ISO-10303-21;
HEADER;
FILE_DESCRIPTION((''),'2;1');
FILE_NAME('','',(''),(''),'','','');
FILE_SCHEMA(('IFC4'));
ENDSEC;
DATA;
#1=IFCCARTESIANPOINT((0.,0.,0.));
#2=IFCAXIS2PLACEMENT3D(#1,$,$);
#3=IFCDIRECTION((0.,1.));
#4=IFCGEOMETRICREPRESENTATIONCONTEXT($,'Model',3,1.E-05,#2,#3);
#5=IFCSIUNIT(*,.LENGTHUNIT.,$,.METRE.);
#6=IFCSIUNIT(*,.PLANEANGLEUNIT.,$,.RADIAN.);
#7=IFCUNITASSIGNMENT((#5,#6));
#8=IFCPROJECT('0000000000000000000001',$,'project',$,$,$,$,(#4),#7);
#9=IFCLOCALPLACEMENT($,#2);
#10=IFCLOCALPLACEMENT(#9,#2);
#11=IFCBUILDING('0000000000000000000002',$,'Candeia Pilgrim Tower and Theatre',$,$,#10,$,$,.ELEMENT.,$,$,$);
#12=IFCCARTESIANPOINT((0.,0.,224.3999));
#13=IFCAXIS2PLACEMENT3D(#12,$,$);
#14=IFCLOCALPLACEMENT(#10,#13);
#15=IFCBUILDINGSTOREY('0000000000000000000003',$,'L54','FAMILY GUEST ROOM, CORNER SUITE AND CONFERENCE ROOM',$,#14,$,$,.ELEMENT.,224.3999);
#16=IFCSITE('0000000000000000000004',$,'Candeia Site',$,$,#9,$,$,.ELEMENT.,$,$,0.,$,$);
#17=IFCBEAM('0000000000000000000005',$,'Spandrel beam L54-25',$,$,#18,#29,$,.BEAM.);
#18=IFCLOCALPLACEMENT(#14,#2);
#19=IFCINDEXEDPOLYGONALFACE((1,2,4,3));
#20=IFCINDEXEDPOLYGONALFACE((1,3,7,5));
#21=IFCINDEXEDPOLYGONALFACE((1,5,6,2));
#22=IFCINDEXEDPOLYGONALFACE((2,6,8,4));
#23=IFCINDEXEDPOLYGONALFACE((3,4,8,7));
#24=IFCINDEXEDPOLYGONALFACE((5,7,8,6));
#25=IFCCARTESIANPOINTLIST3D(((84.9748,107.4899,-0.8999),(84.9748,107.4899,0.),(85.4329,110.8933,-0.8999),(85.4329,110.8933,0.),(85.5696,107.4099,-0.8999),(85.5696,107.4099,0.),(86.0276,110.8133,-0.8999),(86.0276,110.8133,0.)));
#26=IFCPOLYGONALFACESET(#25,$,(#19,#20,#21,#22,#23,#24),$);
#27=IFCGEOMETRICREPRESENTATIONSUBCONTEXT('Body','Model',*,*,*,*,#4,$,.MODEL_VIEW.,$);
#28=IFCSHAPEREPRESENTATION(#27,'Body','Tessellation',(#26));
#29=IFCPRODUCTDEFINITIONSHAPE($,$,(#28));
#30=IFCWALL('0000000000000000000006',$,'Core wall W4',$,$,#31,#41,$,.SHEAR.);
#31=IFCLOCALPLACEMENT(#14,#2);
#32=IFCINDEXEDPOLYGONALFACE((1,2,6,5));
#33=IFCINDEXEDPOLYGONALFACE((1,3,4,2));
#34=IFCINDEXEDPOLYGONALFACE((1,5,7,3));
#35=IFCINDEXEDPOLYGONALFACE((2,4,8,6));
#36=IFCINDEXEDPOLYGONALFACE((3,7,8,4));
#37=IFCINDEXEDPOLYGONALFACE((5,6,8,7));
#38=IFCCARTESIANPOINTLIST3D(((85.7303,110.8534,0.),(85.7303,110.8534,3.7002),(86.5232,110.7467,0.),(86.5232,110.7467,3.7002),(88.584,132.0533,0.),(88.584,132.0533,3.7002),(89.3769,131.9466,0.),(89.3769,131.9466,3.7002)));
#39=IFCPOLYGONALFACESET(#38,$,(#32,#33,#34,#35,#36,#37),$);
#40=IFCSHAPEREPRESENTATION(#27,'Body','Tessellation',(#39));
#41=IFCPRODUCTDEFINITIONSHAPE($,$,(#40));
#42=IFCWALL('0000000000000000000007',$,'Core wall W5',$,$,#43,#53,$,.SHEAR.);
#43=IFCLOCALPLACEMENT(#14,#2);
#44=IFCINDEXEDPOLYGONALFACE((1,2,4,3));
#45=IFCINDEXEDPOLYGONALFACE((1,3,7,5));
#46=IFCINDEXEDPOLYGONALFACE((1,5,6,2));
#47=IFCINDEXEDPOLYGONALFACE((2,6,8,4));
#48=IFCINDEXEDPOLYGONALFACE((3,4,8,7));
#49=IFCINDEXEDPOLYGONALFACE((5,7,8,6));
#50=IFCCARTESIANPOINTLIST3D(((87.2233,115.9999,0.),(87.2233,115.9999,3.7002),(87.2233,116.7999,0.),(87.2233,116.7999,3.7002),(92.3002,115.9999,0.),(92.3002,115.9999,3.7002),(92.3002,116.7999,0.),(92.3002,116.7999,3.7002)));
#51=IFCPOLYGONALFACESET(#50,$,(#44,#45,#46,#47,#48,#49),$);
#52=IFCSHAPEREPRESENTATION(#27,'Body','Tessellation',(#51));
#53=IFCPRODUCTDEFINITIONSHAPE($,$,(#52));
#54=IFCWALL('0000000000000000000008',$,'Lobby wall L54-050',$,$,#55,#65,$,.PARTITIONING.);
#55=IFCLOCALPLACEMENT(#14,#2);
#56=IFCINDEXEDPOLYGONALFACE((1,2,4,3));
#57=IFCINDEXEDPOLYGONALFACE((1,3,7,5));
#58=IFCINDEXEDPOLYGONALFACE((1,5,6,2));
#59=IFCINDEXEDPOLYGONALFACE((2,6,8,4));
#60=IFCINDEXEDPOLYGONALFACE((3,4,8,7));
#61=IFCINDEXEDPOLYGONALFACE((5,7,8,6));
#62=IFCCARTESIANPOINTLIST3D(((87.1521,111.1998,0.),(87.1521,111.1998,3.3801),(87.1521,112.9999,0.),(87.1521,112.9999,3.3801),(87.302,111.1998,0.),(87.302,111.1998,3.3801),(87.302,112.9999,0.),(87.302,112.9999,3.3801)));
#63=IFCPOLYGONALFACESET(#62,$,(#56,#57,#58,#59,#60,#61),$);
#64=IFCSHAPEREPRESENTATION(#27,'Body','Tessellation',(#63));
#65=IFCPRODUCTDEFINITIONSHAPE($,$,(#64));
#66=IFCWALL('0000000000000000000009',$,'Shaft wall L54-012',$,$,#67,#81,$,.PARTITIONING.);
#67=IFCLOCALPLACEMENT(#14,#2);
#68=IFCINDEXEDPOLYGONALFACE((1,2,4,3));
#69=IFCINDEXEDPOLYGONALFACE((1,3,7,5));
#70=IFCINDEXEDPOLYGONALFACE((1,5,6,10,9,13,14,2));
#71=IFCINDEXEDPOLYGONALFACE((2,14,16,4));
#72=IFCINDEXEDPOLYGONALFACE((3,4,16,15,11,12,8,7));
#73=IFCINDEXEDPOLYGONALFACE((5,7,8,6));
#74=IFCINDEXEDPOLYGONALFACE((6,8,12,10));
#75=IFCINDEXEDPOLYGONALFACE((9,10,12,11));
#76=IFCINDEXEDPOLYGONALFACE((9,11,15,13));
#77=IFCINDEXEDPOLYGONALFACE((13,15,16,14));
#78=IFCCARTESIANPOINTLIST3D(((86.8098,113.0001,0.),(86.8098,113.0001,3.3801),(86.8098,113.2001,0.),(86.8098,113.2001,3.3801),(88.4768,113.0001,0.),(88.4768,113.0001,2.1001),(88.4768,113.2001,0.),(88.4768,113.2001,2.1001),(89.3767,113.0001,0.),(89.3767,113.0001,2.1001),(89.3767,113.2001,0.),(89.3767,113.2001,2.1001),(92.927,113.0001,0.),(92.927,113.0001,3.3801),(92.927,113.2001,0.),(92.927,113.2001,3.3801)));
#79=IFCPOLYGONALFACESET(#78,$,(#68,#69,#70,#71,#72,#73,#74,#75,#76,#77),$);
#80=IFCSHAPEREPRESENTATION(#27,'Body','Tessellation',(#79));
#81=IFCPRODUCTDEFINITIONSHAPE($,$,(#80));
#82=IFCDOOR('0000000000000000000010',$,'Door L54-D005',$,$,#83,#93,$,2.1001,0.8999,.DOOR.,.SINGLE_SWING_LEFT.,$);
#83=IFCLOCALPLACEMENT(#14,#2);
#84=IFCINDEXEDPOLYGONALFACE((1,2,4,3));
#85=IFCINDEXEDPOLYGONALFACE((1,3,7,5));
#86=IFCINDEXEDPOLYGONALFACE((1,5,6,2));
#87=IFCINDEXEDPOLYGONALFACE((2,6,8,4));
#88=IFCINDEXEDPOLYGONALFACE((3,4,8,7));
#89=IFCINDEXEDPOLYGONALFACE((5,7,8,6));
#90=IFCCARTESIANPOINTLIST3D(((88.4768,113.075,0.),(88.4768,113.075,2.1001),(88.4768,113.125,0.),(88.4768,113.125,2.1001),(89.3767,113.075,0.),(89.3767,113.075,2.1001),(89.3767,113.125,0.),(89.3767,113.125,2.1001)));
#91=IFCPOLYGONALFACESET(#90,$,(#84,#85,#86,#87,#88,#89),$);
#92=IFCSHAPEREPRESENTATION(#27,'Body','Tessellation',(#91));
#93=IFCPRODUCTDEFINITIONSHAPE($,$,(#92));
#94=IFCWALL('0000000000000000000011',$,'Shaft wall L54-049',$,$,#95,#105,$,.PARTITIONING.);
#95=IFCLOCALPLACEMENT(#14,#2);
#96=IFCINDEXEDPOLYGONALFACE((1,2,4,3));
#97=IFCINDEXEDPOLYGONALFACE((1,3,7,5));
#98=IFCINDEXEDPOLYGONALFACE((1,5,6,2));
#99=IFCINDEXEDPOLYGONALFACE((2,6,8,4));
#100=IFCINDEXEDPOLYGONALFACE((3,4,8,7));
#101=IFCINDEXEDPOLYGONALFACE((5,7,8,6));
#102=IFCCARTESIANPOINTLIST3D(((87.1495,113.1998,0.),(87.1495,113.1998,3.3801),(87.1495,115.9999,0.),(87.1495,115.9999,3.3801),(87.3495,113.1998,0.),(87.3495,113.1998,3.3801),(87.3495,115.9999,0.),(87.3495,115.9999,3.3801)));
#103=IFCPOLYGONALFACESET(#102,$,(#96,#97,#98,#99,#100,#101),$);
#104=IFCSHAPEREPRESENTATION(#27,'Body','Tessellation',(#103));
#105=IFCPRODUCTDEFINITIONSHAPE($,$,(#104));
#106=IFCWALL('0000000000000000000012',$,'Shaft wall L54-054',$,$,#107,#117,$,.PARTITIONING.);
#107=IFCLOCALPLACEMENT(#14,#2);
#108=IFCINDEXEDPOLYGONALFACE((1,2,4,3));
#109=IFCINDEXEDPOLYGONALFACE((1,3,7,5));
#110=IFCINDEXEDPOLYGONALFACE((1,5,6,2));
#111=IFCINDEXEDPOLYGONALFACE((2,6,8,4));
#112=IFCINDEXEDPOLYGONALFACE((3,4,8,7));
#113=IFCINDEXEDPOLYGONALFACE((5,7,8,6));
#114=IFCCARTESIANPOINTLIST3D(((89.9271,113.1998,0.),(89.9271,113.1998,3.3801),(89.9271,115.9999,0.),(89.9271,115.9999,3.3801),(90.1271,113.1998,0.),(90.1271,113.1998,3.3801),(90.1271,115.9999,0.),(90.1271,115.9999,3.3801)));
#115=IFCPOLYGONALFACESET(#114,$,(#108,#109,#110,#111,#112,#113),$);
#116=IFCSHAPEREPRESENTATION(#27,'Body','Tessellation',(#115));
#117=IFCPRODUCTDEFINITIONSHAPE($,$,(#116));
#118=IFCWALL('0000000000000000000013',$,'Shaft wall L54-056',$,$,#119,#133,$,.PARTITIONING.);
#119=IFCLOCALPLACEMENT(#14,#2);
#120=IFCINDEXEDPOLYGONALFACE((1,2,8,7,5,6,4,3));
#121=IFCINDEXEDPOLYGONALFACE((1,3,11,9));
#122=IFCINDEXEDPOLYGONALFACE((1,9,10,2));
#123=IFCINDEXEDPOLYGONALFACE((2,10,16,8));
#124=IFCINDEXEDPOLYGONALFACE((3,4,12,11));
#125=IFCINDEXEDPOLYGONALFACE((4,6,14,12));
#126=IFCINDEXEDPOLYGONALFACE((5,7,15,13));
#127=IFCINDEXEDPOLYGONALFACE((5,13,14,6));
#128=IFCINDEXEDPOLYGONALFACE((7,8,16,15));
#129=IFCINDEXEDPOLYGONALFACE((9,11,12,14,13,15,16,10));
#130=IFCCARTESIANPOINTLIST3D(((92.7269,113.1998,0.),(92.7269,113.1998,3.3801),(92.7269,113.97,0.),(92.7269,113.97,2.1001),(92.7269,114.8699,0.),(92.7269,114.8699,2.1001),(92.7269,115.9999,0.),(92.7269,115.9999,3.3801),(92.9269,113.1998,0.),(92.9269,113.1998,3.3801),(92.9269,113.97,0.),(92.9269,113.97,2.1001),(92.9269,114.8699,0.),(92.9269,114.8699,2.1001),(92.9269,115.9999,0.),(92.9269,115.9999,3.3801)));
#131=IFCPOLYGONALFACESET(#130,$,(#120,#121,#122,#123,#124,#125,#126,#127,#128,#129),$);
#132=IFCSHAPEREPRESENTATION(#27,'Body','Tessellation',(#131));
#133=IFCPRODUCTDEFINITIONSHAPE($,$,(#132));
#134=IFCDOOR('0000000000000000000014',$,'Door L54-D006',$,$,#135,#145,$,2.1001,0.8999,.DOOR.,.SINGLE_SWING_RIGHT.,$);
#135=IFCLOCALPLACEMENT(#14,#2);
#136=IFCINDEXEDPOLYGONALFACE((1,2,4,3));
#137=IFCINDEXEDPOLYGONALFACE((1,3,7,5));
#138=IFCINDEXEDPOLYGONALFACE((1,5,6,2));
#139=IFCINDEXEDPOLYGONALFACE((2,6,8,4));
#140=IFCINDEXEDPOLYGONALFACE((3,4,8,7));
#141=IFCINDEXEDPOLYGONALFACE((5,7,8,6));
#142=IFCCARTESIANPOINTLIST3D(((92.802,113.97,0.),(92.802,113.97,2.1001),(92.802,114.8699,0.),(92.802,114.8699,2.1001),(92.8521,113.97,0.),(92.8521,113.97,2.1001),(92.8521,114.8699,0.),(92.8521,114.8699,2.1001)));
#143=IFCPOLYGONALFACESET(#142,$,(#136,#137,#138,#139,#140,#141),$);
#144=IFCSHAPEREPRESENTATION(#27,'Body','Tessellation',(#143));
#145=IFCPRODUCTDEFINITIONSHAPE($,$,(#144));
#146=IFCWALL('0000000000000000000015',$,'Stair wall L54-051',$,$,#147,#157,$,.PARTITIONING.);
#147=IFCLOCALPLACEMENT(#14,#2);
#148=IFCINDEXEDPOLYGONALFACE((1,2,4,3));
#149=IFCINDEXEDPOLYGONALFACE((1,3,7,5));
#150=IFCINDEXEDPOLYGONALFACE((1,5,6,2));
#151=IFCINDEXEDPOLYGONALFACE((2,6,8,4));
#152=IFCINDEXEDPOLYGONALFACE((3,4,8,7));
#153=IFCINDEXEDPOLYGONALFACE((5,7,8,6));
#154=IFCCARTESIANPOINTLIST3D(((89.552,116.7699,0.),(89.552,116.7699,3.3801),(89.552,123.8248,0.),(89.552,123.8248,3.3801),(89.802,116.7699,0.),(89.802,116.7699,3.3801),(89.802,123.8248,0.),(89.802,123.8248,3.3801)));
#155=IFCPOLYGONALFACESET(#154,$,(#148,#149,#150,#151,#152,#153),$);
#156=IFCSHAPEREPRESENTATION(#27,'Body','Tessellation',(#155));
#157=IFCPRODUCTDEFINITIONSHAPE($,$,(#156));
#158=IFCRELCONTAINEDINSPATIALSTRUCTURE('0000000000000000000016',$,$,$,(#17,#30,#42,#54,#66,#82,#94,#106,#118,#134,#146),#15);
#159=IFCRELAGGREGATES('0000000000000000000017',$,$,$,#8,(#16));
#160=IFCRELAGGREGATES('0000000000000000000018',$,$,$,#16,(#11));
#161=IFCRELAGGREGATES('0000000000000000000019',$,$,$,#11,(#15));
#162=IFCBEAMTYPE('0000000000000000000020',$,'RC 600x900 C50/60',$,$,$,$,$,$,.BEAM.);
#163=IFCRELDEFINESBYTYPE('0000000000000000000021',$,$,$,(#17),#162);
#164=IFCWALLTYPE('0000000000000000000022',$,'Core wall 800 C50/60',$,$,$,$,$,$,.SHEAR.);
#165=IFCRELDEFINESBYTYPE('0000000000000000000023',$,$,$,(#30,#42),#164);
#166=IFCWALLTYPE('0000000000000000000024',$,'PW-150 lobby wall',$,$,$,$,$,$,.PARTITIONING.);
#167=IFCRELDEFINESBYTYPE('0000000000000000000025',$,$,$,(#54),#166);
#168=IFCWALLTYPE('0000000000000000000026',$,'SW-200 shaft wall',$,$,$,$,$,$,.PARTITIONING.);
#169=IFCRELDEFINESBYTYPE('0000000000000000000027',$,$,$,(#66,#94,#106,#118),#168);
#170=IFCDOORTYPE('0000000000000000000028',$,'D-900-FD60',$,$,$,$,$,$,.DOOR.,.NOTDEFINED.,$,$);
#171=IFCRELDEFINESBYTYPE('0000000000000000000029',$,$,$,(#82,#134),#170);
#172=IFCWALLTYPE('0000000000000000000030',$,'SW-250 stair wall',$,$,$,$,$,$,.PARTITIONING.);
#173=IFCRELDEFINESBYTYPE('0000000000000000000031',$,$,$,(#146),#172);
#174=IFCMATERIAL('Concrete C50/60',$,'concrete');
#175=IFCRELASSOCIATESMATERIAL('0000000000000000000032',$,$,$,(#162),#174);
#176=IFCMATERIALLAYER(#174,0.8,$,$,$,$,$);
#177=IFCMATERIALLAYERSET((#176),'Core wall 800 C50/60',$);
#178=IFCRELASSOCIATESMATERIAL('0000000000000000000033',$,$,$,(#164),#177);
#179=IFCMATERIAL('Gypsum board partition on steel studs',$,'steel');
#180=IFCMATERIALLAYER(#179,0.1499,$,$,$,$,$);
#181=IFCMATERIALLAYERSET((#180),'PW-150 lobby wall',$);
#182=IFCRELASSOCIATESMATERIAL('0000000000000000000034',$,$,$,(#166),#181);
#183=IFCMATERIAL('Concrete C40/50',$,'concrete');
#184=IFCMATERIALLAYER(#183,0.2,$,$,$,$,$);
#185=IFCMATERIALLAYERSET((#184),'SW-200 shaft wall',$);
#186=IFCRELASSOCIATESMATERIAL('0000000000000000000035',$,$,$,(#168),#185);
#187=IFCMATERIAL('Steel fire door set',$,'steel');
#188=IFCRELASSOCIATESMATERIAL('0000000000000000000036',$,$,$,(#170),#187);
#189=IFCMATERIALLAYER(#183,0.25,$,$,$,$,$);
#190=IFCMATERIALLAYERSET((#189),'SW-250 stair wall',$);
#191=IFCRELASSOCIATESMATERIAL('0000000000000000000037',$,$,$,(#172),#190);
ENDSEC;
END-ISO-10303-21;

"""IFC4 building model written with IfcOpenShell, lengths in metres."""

from ifc_helpers import new_model, si_unit, direction, frame, frame_2d, origin, origin_2d, place, context, subcontext, project, spatial, rectangle, extrude, material, layer, layer_set, material_profile, profile_set, type_object, element, fill, save


model = new_model("IFC4")

# Units and contexts
model_context = context("Model", 3, precision=1e-05, world=origin(), true_north=direction((0.0, 1.0)))
body_context = subcontext(model_context, "Body", "Model", "MODEL_VIEW")
ifc_project = project(units=[si_unit("LENGTHUNIT", "METRE"), si_unit("PLANEANGLEUNIT", "RADIAN")], contexts=[model_context])

# Site, building, storey
site_placement = place(None, origin())
site = spatial("IfcSite", under=ifc_project, at=site_placement, Name="Candeia Site", CompositionType="ELEMENT", RefElevation=0.0)
building_placement = place(site_placement, origin())
building = spatial("IfcBuilding", under=site, at=building_placement, Name="Candeia Pilgrim Tower and Theatre", CompositionType="ELEMENT")
storey_placement = place(building_placement, frame((0.0, 0.0, 224.3999)))
storey = spatial("IfcBuildingStorey", under=building, at=storey_placement, Name="L54", Description="FAMILY GUEST ROOM, CORNER SUITE AND CONFERENCE ROOM", CompositionType="ELEMENT", Elevation=224.3999)

# Beam
ifc_material_1 = material(Name="Concrete C50/60", Category="concrete")
ifc_material_profile = material_profile(ifc_material_1, rectangle(XDim=0.6001, YDim=0.8999, at=origin_2d()))
ifc_profile_set = profile_set([ifc_material_profile], Name="Concrete C50/60")
beam_type = type_object("IfcBeamType", Name="RC 600x900 C50/60", PredefinedType="BEAM", material=ifc_profile_set)
beam_placement = place(storey_placement, frame((85.7302, 110.8533, -0.45), z_axis=(-0.133374, -0.991066, 0.0), x_axis=(0.991066, -0.133374, 0.0)))
element("IfcBeam", 1, at=beam_placement, inside=storey, type_object=beam_type, Name="Spandrel beam L54-25", PredefinedType="BEAM", context=body_context, shape_type="SweptSolid", body=[
    extrude(rectangle(XDim=0.6001, YDim=0.8999, at=origin_2d()), origin(), (0.0, 0.0, 1.0), 3.4341),
])

# Walls
ifc_layer_1 = layer(ifc_material_1, 0.8)
ifc_layer_set_1 = layer_set([ifc_layer_1], Name="Core wall 800 C50/60")
wall_type_1 = type_object("IfcWallType", Name="Core wall 800 C50/60", PredefinedType="SHEAR", material=ifc_layer_set_1)
wall_1_placement = place(storey_placement, frame((86.1267, 110.8, 0.0), z_axis=(0.0, 0.0, 1.0), x_axis=(0.133408, 0.991061, 0.0)))
element("IfcWall", 2, at=wall_1_placement, inside=storey, type_object=wall_type_1, Name="Core wall W4", PredefinedType="SHEAR", context=body_context, shape_type="SweptSolid", body=[
    extrude(rectangle(XDim=21.3911, YDim=0.8, at=frame_2d((10.6956, 0.0))), origin(), (0.0, 0.0, 1.0), 3.7002),
])
wall_2_placement = place(storey_placement, frame((87.2231, 116.3999, 0.0), z_axis=(0.0, 0.0, 1.0), x_axis=(1.0, 0.0, 0.0)))
element("IfcWall", 3, at=wall_2_placement, inside=storey, type_object=wall_type_1, Name="Core wall W5", PredefinedType="SHEAR", context=body_context, shape_type="SweptSolid", body=[
    extrude(rectangle(XDim=5.0769, YDim=0.8, at=frame_2d((2.5386, 0.0))), origin(), (0.0, 0.0, 1.0), 3.7002),
])
ifc_material_2 = material(Name="Gypsum board partition on steel studs", Category="steel")
ifc_layer_2 = layer(ifc_material_2, 0.1499)
ifc_layer_set_2 = layer_set([ifc_layer_2], Name="PW-150 lobby wall")
wall_type_2 = type_object("IfcWallType", Name="PW-150 lobby wall", PredefinedType="PARTITIONING", material=ifc_layer_set_2)
wall_3_placement = place(storey_placement, frame((87.2271, 111.2, 0.0), z_axis=(0.0, 0.0, 1.0), x_axis=(0.0, 1.0, 0.0)))
element("IfcWall", 4, at=wall_3_placement, inside=storey, type_object=wall_type_2, Name="Lobby wall L54-050", PredefinedType="PARTITIONING", context=body_context, shape_type="SweptSolid", body=[
    extrude(rectangle(XDim=1.8, YDim=0.1499, at=frame_2d((0.8999, 0.0))), origin(), (0.0, 0.0, 1.0), 3.3801),
])

# Wall, opening, door
ifc_material_3 = material(Name="Concrete C40/50", Category="concrete")
ifc_layer_3 = layer(ifc_material_3, 0.2)
ifc_layer_set_3 = layer_set([ifc_layer_3], Name="SW-200 shaft wall")
wall_type_3 = type_object("IfcWallType", Name="SW-200 shaft wall", PredefinedType="PARTITIONING", material=ifc_layer_set_3)
wall_4_placement = place(storey_placement, frame((86.8098, 113.1001, 0.0), z_axis=(0.0, 0.0, 1.0), x_axis=(1.0, 0.0, 0.0)))
wall_4 = element("IfcWall", 5, at=wall_4_placement, inside=storey, type_object=wall_type_3, Name="Shaft wall L54-012", PredefinedType="PARTITIONING", context=body_context, shape_type="SweptSolid", body=[
    extrude(rectangle(XDim=6.1172, YDim=0.2, at=frame_2d((3.0586, 0.0))), origin(), (0.0, 0.0, 1.0), 3.3801),
])
opening_1_placement = place(wall_4_placement, frame((1.667, 0.0, 0.0)))
opening_1 = element("IfcOpeningElement", 6, at=opening_1_placement, cuts=wall_4, PredefinedType="OPENING", context=body_context, shape_type="SweptSolid", body=[
    extrude(rectangle(XDim=0.8999, YDim=2.1001, at=frame_2d((0.45, 1.05))), frame((0.0, 0.1099, 0.0), z_axis=(0.0, -1.0, 0.0), x_axis=(1.0, 0.0, 0.0)), (0.0, 0.0, 1.0), 0.22),
])
ifc_material_4 = material(Name="Steel fire door set", Category="steel")
door_type = type_object("IfcDoorType", Name="D-900-FD60", OperationType="NOTDEFINED", PredefinedType="DOOR", material=ifc_material_4)
door_1_placement = place(opening_1_placement, origin())
door_1 = element("IfcDoor", 7, at=door_1_placement, inside=storey, type_object=door_type, Name="Door L54-D005", OperationType="SINGLE_SWING_LEFT", OverallHeight=2.1001, OverallWidth=0.8999, PredefinedType="DOOR", context=body_context, shape_type="SweptSolid", body=[
    extrude(rectangle(XDim=0.8999, YDim=2.1001, at=frame_2d((0.45, 1.05))), frame((0.0, 0.0249, 0.0), z_axis=(0.0, -1.0, 0.0), x_axis=(1.0, 0.0, 0.0)), (0.0, 0.0, 1.0), 0.05),
])
fill(opening_1, door_1)

# Walls
for number, where, z_axis, x_axis, name in (
    (8, (87.2495, 113.2, 0.0), (0.0, 0.0, 1.0), (0.0, 1.0, 0.0), "Shaft wall L54-049"),
    (9, (90.0271, 113.2, 0.0), (0.0, 0.0, 1.0), (0.0, 1.0, 0.0), "Shaft wall L54-054"),
):
    element("IfcWall", number, at=place(storey_placement, frame(where, z_axis=z_axis, x_axis=x_axis)), inside=storey, type_object=wall_type_3, Name=name, PredefinedType="PARTITIONING", context=body_context, shape_type="SweptSolid", body=[
        extrude(rectangle(XDim=2.8, YDim=0.2, at=frame_2d((1.3999, 0.0))), origin(), (0.0, 0.0, 1.0), 3.3801),
    ])

# Wall, opening, door
wall_5_placement = place(storey_placement, frame((92.8269, 113.2, 0.0), z_axis=(0.0, 0.0, 1.0), x_axis=(0.0, 1.0, 0.0)))
wall_5 = element("IfcWall", 10, at=wall_5_placement, inside=storey, type_object=wall_type_3, Name="Shaft wall L54-056", PredefinedType="PARTITIONING", context=body_context, shape_type="SweptSolid", body=[
    extrude(rectangle(XDim=2.8, YDim=0.2, at=frame_2d((1.3999, 0.0))), origin(), (0.0, 0.0, 1.0), 3.3801),
])
opening_2_placement = place(wall_5_placement, frame((0.77, 0.0, 0.0)))
opening_2 = element("IfcOpeningElement", 11, at=opening_2_placement, cuts=wall_5, PredefinedType="OPENING", context=body_context, shape_type="SweptSolid", body=[
    extrude(rectangle(XDim=0.8999, YDim=2.1001, at=frame_2d((0.45, 1.05))), frame((0.0, 0.1099, 0.0), z_axis=(0.0, -1.0, 0.0), x_axis=(1.0, 0.0, 0.0)), (0.0, 0.0, 1.0), 0.22),
])
door_2_placement = place(opening_2_placement, origin())
door_2 = element("IfcDoor", 12, at=door_2_placement, inside=storey, type_object=door_type, Name="Door L54-D006", OperationType="SINGLE_SWING_RIGHT", OverallHeight=2.1001, OverallWidth=0.8999, PredefinedType="DOOR", context=body_context, shape_type="SweptSolid", body=[
    extrude(rectangle(XDim=0.8999, YDim=2.1001, at=frame_2d((0.45, 1.05))), frame((0.0, 0.0249, 0.0), z_axis=(0.0, -1.0, 0.0), x_axis=(1.0, 0.0, 0.0)), (0.0, 0.0, 1.0), 0.05),
])
fill(opening_2, door_2)

# Wall
ifc_layer_4 = layer(ifc_material_3, 0.25)
ifc_layer_set_4 = layer_set([ifc_layer_4], Name="SW-250 stair wall")
wall_type_4 = type_object("IfcWallType", Name="SW-250 stair wall", PredefinedType="PARTITIONING", material=ifc_layer_set_4)
wall_6_placement = place(storey_placement, frame((89.677, 116.77, 0.0), z_axis=(0.0, 0.0, 1.0), x_axis=(0.0, 1.0, 0.0)))
element("IfcWall", 13, at=wall_6_placement, inside=storey, type_object=wall_type_4, Name="Stair wall L54-051", PredefinedType="PARTITIONING", context=body_context, shape_type="SweptSolid", body=[
    extrude(rectangle(XDim=7.0549, YDim=0.25, at=frame_2d((3.5273, 0.0))), origin(), (0.0, 0.0, 1.0), 3.3801),
])

save(model, "model.ifc")
